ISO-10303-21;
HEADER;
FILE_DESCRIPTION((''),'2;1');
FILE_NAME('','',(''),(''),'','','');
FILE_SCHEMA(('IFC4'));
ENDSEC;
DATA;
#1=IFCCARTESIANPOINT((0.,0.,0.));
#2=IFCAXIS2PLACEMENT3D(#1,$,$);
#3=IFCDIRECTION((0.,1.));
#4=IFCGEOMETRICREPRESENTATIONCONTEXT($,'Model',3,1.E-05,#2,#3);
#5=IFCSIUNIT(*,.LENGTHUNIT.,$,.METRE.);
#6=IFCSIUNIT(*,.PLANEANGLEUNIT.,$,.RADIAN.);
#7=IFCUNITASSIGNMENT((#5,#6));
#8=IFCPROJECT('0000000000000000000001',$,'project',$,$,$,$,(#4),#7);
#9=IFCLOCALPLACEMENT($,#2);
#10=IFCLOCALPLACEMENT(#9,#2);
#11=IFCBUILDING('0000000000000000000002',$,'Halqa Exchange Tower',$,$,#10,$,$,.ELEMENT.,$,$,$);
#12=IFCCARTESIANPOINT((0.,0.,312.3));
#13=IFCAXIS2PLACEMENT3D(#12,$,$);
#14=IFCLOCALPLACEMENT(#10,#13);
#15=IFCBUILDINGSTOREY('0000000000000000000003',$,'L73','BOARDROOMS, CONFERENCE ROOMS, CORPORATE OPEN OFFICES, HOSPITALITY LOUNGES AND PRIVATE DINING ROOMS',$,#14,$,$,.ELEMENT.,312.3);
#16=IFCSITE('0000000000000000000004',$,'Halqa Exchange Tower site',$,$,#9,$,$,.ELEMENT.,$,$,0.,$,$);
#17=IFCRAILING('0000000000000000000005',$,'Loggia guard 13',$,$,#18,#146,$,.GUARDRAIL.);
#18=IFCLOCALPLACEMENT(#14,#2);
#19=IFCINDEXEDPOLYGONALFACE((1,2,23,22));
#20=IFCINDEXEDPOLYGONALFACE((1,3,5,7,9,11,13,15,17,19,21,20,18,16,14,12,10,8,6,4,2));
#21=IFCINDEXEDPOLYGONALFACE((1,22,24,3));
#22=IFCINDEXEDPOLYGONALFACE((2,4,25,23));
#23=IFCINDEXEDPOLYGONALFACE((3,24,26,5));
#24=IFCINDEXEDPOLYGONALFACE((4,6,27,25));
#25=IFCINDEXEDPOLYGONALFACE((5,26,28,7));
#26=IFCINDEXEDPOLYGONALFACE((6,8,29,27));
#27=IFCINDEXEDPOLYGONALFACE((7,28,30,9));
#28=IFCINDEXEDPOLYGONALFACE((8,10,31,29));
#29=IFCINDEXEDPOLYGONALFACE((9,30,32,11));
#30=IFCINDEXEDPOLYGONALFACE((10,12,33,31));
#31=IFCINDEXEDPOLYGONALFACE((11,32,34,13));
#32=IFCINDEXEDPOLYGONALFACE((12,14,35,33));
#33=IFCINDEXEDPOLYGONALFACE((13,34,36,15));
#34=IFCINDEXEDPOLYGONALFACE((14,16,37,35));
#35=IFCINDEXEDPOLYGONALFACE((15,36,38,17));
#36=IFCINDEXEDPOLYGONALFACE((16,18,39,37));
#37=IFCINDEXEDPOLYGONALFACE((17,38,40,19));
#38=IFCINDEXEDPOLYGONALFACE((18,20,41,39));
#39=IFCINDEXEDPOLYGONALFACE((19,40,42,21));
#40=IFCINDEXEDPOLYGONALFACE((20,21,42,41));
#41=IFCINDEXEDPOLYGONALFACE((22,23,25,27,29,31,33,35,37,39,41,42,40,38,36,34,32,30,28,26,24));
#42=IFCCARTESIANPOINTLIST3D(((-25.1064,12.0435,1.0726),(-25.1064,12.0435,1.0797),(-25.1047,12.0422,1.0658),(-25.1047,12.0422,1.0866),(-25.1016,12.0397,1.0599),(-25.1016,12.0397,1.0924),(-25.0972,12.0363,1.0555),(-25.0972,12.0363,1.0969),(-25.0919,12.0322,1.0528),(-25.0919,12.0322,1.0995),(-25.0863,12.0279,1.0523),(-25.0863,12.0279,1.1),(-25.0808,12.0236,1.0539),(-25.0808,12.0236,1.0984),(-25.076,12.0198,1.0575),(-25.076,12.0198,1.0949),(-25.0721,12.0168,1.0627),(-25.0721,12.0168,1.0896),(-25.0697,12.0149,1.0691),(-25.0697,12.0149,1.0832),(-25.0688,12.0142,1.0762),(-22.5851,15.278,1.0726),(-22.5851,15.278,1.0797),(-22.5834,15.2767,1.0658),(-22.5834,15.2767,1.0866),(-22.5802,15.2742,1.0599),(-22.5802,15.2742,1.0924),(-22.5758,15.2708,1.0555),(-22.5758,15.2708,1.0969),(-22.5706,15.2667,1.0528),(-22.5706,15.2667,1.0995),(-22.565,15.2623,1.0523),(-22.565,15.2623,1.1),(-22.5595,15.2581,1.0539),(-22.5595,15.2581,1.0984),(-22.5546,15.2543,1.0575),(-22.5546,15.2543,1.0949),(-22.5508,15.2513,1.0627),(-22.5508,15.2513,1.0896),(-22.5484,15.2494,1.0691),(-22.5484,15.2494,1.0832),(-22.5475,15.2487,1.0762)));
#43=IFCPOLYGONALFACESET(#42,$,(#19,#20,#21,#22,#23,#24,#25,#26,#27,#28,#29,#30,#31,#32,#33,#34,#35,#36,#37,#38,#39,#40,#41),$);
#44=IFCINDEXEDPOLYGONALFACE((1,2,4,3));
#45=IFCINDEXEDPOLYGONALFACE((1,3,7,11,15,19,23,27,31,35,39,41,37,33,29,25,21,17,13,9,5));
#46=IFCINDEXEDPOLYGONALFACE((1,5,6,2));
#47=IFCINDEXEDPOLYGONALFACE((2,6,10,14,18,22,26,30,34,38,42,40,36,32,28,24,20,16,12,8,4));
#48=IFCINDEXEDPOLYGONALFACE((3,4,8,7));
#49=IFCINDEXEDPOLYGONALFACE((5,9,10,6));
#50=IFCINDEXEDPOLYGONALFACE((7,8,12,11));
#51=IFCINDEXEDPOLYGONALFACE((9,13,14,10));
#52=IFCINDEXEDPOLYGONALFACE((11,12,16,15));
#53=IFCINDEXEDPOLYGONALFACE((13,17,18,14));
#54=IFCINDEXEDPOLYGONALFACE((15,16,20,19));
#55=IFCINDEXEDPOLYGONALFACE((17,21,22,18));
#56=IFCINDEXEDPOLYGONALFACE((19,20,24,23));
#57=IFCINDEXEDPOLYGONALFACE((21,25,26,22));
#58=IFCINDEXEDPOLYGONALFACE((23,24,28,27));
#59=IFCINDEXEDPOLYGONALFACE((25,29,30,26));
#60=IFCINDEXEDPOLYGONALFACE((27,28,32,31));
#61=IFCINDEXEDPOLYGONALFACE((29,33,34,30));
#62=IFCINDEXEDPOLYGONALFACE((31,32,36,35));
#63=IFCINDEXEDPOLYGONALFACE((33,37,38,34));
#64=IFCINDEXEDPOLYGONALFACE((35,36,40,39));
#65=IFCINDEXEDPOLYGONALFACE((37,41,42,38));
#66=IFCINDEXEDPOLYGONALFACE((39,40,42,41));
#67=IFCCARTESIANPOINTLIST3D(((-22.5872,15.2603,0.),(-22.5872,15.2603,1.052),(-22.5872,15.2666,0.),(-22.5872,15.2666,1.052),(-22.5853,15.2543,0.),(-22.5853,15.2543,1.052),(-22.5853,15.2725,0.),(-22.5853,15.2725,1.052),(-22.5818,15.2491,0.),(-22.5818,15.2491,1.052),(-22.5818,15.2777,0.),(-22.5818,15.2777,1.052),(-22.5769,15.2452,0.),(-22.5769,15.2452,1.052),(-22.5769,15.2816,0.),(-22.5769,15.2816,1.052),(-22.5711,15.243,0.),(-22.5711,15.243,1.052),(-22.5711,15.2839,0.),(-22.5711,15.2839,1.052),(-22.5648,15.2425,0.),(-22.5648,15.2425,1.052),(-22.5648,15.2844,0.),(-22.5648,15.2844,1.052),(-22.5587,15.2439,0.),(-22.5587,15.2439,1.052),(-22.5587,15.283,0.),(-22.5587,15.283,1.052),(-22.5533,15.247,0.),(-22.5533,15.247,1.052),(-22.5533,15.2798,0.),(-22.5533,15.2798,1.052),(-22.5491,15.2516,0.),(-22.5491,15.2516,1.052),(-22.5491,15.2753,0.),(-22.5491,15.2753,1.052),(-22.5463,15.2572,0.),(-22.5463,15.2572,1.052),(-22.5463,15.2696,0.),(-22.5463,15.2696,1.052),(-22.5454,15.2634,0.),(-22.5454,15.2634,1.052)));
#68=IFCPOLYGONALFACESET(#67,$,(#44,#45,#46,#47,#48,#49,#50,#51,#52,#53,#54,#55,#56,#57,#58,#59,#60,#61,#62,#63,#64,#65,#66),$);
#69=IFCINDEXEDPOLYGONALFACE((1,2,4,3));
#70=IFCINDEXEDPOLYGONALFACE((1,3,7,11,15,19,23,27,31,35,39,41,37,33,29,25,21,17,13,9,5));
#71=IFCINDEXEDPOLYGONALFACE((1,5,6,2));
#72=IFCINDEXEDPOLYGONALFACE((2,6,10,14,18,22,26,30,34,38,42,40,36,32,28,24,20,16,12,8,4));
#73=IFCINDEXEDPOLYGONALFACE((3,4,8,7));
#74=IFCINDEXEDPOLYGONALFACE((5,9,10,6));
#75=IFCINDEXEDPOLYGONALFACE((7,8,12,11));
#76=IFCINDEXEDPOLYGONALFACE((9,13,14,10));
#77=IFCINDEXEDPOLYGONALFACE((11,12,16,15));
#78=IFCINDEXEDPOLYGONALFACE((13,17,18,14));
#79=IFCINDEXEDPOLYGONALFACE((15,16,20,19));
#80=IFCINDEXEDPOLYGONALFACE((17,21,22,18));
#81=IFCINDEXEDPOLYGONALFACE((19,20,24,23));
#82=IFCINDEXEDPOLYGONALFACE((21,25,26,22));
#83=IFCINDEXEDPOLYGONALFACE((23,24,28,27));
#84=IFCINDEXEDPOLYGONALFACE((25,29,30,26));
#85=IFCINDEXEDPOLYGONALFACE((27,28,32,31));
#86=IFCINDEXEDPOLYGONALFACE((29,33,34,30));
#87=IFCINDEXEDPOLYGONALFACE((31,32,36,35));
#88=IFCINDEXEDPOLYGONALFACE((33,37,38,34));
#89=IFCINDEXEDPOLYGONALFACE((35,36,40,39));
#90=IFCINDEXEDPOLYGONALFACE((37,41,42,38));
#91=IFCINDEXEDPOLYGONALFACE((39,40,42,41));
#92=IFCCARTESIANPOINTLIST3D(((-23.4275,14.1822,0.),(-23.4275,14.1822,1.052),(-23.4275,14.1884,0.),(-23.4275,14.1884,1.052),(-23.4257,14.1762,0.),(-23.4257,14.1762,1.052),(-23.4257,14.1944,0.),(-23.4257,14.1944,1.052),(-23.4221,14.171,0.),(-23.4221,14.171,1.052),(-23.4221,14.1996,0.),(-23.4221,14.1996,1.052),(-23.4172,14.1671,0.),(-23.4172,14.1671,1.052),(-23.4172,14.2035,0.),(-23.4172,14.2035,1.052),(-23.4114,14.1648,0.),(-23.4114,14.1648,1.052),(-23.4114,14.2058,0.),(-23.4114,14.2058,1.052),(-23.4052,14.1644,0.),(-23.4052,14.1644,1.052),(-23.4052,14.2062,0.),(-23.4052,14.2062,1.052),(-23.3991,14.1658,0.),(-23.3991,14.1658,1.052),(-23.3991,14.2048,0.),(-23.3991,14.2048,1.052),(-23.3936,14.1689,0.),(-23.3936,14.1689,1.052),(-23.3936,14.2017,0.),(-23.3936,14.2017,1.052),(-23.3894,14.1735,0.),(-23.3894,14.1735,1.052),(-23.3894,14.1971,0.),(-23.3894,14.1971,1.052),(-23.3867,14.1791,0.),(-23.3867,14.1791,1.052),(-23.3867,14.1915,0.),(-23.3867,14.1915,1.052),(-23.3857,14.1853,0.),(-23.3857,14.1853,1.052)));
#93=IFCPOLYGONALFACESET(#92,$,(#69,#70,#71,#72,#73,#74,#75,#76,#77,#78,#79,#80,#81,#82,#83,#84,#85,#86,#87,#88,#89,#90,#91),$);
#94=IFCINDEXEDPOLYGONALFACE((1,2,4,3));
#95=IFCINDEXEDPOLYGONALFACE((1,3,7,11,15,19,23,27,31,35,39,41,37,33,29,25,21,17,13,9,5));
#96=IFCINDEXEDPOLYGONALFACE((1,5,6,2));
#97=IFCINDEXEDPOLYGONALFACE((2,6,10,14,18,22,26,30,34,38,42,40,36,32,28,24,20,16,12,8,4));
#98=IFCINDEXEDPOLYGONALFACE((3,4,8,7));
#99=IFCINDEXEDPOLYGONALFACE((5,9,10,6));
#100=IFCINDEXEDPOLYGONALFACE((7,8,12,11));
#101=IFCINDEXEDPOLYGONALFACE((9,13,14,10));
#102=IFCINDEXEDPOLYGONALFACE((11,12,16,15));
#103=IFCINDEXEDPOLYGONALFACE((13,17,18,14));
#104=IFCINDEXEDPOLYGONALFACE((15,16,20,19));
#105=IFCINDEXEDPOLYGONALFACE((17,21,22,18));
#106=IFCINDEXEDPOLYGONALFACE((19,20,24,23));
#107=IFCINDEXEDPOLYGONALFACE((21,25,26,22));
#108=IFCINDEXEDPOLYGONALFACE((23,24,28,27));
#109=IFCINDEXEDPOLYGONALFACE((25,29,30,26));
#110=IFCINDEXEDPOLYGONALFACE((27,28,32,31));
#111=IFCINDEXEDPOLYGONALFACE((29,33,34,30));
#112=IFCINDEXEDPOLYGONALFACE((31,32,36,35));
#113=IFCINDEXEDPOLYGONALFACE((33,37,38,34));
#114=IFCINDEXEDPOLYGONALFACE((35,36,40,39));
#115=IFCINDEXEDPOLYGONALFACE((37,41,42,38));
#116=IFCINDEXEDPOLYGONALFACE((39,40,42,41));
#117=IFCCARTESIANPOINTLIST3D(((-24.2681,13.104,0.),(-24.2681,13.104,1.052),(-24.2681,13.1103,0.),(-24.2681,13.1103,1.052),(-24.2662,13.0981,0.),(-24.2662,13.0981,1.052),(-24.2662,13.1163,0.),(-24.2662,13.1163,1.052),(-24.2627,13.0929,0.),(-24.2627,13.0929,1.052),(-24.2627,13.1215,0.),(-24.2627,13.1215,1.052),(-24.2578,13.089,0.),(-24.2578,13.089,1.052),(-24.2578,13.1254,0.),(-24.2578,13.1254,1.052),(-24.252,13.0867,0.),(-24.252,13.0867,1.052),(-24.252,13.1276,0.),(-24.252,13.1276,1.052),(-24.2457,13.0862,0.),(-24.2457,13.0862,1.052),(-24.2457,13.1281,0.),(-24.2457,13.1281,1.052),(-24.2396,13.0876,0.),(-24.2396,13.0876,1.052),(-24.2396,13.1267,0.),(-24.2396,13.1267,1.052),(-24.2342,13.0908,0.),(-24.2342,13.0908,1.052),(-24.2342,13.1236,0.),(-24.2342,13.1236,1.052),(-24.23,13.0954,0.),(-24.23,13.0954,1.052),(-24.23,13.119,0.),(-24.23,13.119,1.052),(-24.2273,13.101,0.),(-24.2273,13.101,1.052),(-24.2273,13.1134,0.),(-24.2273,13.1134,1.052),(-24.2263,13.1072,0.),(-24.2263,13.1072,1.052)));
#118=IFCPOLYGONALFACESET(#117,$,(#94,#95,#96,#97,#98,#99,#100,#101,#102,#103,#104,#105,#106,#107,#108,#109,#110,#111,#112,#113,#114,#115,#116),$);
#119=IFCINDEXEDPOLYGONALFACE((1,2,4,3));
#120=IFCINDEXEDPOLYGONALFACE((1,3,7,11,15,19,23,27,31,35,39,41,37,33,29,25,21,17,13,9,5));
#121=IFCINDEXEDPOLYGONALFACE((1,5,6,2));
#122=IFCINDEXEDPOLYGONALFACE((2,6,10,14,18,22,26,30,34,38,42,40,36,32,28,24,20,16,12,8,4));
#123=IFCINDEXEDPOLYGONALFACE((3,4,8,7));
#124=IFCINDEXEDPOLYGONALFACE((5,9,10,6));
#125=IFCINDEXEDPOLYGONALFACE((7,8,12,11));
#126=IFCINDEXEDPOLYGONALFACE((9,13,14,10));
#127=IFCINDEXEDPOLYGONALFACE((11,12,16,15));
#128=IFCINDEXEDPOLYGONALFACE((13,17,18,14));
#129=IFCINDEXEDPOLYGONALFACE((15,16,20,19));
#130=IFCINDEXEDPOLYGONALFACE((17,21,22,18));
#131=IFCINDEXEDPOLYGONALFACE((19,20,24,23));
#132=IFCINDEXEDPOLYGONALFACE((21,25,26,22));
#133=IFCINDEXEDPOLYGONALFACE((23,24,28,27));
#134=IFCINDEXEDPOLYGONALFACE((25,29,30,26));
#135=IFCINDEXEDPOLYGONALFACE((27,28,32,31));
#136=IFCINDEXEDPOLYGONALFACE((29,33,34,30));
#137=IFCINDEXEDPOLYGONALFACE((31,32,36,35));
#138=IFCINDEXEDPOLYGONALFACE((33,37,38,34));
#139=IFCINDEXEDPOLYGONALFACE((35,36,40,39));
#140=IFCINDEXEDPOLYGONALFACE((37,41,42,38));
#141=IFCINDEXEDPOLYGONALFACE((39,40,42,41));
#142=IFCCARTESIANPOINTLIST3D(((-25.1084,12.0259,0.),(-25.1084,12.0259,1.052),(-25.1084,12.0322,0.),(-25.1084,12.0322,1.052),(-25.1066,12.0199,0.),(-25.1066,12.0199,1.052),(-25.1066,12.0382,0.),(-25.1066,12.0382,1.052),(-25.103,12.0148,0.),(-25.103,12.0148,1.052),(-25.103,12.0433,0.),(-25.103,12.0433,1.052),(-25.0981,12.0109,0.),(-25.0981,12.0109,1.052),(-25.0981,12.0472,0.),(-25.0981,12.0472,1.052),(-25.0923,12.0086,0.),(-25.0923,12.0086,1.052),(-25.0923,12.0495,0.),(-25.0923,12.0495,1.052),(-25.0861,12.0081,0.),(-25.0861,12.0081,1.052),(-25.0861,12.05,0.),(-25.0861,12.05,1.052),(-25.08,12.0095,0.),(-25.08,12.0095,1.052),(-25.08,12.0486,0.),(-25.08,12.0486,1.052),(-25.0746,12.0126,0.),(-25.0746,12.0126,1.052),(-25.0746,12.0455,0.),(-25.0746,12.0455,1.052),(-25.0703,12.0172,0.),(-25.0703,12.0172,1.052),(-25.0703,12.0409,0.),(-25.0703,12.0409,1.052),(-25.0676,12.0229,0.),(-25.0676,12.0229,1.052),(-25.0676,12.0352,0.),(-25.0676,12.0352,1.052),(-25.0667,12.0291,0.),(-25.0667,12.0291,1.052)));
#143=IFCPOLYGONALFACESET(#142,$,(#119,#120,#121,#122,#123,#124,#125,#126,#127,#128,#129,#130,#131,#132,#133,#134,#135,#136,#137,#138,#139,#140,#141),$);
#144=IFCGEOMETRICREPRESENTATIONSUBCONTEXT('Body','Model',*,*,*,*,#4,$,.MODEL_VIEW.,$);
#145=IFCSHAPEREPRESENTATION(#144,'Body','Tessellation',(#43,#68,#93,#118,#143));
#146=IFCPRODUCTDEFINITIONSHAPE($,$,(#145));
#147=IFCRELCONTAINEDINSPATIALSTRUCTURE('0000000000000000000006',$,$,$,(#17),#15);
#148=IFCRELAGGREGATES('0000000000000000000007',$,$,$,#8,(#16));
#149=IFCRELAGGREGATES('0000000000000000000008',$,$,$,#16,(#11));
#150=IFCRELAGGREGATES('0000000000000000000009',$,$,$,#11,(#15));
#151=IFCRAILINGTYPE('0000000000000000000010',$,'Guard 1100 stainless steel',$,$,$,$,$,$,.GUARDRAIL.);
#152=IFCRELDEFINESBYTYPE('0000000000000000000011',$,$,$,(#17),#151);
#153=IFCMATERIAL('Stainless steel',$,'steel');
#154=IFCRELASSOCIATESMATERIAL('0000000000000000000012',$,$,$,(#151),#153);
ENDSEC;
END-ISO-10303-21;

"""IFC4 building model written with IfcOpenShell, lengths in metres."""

from ifc_helpers import new_model, si_unit, direction, frame, origin, origin_2d, place, context, subcontext, project, spatial, circle, extrude, material, type_object, element, save


model = new_model("IFC4")

# Units and contexts
model_context = context("Model", 3, precision=1e-05, world=origin(), true_north=direction((0.0, 1.0)))
body_context = subcontext(model_context, "Body", "Model", "MODEL_VIEW")
ifc_project = project(units=[si_unit("LENGTHUNIT", "METRE"), si_unit("PLANEANGLEUNIT", "RADIAN")], contexts=[model_context])

# Site, building, storey
site_placement = place(None, origin())
site = spatial("IfcSite", under=ifc_project, at=site_placement, Name="Halqa Exchange Tower site", CompositionType="ELEMENT", RefElevation=0.0)
building_placement = place(site_placement, origin())
building = spatial("IfcBuilding", under=site, at=building_placement, Name="Halqa Exchange Tower", CompositionType="ELEMENT")
storey_placement = place(building_placement, frame((0.0, 0.0, 312.3)))
storey = spatial("IfcBuildingStorey", under=building, at=storey_placement, Name="L73", Description="BOARDROOMS, CONFERENCE ROOMS, CORPORATE OPEN OFFICES, HOSPITALITY LOUNGES AND PRIVATE DINING ROOMS", CompositionType="ELEMENT", Elevation=312.3)

# Railing
ifc_material_1 = material(Name="Stainless steel", Category="steel")
railing_type = type_object("IfcRailingType", Name="Guard 1100 stainless steel", PredefinedType="GUARDRAIL", material=ifc_material_1)
railing_1_placement = place(storey_placement, frame((-22.5664, 15.2634, 0.0)))
element("IfcRailing", 1, at=railing_1_placement, inside=storey, type_object=railing_type, Name="Loggia guard 13", PredefinedType="GUARDRAIL", context=body_context, shape_type="SweptSolid", body=[
    extrude(circle(Radius=0.0239, at=origin_2d()), frame((0.0, 0.0, 1.0762), z_axis=(-0.614793, -0.788688, 0.0), x_axis=(0.788688, -0.614793, 0.0)), (0.0, 0.0, 1.0), 4.1011),
    extrude(circle(Radius=0.021, at=origin_2d()), origin(), (0.0, 0.0, 1.0), 1.052),
    extrude(circle(Radius=0.021, at=origin_2d()), frame((-0.8403, -1.0781, 0.0)), (0.0, 0.0, 1.0), 1.052),
    extrude(circle(Radius=0.021, at=origin_2d()), frame((-1.6809, -2.1562, 0.0)), (0.0, 0.0, 1.0), 1.052),
    extrude(circle(Radius=0.021, at=origin_2d()), frame((-2.5212, -3.2344, 0.0)), (0.0, 0.0, 1.0), 1.052),
])

save(model, "model.ifc")
